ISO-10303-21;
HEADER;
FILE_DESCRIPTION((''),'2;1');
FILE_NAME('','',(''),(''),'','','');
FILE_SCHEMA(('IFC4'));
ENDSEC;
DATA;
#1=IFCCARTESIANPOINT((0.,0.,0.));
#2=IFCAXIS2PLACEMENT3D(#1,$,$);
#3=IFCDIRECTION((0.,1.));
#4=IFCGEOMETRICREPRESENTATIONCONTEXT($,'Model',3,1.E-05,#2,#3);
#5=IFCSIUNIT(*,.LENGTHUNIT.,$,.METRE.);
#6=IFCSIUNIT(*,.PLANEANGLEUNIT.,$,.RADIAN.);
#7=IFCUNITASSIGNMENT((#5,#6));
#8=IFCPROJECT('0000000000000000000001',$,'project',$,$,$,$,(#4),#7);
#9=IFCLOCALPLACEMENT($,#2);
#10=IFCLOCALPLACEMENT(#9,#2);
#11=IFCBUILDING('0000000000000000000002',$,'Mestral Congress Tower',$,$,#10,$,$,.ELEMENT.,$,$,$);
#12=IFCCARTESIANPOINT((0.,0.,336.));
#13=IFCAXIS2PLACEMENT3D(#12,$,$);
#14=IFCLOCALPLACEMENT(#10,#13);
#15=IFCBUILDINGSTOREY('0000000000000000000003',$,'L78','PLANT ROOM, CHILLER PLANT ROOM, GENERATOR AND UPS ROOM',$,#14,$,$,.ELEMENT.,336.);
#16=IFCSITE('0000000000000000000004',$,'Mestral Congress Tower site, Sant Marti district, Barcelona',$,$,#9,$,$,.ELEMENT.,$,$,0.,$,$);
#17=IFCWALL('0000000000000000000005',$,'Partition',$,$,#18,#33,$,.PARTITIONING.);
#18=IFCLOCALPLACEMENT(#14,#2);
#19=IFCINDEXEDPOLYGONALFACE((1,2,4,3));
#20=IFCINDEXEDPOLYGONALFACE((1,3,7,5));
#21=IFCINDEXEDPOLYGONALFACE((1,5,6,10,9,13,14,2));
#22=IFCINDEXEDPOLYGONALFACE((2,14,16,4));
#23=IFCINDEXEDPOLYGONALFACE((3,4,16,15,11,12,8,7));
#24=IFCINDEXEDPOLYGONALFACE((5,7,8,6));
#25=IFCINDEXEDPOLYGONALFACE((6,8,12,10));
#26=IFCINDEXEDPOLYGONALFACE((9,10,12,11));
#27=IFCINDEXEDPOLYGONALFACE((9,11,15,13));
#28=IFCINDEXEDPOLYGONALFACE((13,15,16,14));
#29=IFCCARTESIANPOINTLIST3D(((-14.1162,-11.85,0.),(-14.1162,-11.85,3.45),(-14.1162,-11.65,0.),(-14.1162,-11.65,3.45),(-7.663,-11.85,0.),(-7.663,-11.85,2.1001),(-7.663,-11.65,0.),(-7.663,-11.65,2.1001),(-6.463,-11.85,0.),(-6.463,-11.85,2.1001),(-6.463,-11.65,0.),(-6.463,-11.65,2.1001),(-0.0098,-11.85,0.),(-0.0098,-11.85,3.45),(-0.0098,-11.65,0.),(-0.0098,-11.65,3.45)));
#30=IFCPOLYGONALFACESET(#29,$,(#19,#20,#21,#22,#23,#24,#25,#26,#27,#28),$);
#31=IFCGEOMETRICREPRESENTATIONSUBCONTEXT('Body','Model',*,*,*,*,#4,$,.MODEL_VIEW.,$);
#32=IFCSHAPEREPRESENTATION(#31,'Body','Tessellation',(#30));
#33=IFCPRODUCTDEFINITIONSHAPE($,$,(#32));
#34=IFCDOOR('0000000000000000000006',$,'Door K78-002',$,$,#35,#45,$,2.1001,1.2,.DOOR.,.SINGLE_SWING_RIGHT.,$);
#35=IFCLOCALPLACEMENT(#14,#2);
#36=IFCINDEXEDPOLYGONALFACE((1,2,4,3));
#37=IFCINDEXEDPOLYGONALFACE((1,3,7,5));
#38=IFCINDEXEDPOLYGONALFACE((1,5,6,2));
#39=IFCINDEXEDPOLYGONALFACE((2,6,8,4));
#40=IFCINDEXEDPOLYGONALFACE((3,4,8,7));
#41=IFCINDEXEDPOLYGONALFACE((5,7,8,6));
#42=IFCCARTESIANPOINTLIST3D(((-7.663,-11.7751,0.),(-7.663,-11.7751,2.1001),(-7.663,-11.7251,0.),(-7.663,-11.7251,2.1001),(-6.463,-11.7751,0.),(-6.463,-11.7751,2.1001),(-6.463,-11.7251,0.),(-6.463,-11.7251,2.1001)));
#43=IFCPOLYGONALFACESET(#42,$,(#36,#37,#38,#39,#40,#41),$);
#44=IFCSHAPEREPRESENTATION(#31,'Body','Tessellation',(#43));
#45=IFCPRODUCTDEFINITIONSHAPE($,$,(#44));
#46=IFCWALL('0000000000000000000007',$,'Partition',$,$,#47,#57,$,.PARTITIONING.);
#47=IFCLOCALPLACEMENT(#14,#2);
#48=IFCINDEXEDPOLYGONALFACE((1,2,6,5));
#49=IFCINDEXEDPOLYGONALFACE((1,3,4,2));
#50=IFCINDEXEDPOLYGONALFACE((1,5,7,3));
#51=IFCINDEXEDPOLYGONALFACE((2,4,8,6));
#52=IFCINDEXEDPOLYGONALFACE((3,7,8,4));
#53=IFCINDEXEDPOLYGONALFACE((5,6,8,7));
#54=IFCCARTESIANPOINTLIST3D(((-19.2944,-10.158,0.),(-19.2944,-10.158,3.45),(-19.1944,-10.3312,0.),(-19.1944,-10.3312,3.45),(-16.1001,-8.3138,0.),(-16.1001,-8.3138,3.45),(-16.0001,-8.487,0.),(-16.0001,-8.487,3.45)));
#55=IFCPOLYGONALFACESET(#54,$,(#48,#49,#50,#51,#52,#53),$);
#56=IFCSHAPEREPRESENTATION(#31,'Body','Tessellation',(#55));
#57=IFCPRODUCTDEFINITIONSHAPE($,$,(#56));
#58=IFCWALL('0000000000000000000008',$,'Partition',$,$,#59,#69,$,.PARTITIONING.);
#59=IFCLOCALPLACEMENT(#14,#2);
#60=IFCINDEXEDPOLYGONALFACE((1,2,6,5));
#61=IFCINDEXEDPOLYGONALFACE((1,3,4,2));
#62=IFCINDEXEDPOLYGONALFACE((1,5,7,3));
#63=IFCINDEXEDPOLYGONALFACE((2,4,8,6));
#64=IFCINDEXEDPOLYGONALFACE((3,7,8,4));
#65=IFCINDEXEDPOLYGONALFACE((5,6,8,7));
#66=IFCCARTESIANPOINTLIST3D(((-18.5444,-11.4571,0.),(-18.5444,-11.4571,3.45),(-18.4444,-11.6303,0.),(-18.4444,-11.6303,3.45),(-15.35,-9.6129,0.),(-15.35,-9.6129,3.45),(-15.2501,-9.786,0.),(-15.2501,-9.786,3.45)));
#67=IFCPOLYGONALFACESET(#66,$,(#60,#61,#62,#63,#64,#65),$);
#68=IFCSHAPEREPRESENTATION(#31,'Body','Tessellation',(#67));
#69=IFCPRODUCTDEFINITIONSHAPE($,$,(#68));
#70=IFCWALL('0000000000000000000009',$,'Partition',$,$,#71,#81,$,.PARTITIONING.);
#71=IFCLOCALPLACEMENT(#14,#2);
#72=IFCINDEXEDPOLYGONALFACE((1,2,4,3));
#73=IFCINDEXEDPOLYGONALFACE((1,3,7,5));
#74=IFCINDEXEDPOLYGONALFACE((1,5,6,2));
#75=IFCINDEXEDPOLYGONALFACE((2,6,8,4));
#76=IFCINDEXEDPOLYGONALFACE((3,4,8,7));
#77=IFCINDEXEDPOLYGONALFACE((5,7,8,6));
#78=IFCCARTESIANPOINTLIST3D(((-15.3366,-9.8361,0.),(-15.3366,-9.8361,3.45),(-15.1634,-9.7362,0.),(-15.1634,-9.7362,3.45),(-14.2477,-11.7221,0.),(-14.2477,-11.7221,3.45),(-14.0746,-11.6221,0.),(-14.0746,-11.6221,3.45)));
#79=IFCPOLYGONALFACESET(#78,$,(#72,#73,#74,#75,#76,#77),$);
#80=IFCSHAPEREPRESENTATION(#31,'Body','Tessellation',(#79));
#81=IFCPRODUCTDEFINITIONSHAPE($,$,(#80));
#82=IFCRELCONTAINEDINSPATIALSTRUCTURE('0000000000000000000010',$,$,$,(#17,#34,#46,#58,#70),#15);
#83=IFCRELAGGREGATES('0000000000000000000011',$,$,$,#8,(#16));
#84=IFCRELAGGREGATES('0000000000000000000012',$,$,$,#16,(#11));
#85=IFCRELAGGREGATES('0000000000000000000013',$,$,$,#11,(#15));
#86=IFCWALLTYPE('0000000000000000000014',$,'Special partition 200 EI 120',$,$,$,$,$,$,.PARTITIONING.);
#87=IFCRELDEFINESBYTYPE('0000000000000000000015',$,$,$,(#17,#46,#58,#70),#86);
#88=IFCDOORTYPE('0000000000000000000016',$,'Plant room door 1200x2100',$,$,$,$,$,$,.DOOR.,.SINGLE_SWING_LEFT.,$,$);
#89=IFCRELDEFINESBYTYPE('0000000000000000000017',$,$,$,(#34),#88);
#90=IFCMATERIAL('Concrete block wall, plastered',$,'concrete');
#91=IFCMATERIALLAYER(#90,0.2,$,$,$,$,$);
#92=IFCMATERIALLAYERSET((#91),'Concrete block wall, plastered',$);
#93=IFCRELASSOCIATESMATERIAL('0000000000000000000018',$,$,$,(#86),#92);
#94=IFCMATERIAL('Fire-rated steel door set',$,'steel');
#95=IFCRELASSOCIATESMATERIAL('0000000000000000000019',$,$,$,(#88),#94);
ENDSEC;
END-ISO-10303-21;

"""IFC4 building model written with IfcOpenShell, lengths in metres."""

from ifc_helpers import new_model, si_unit, direction, frame, frame_2d, origin, place, context, subcontext, project, spatial, rectangle, extrude, material, layer, layer_set, type_object, element, fill, save


model = new_model("IFC4")

# Units and contexts
model_context = context("Model", 3, precision=1e-05, world=origin(), true_north=direction((0.0, 1.0)))
body_context = subcontext(model_context, "Body", "Model", "MODEL_VIEW")
ifc_project = project(units=[si_unit("LENGTHUNIT", "METRE"), si_unit("PLANEANGLEUNIT", "RADIAN")], contexts=[model_context])

# Site, building, storey
site_placement = place(None, origin())
site = spatial("IfcSite", under=ifc_project, at=site_placement, Name="Mestral Congress Tower site, Sant Marti district, Barcelona", CompositionType="ELEMENT", RefElevation=0.0)
building_placement = place(site_placement, origin())
building = spatial("IfcBuilding", under=site, at=building_placement, Name="Mestral Congress Tower", CompositionType="ELEMENT")
storey_placement = place(building_placement, frame((0.0, 0.0, 336.0)))
storey = spatial("IfcBuildingStorey", under=building, at=storey_placement, Name="L78", Description="PLANT ROOM, CHILLER PLANT ROOM, GENERATOR AND UPS ROOM", CompositionType="ELEMENT", Elevation=336.0)

# Wall, opening, door
ifc_material_1 = material(Name="Concrete block wall, plastered", Category="concrete")
ifc_layer_1 = layer(ifc_material_1, 0.2)
ifc_layer_set_1 = layer_set([ifc_layer_1], Name="Concrete block wall, plastered")
wall_type_1 = type_object("IfcWallType", Name="Special partition 200 EI 120", PredefinedType="PARTITIONING", material=ifc_layer_set_1)
wall_1_placement = place(storey_placement, frame((-14.1162, -11.75, 0.0), z_axis=(0.0, 0.0, 1.0), x_axis=(1.0, 0.0, 0.0)))
wall_1 = element("IfcWall", 1, at=wall_1_placement, inside=storey, type_object=wall_type_1, Name="Partition", PredefinedType="PARTITIONING", context=body_context, shape_type="SweptSolid", body=[
    extrude(rectangle(XDim=14.1064, YDim=0.2, at=frame_2d((7.0532, 0.0))), origin(), (0.0, 0.0, 1.0), 3.45),
])
opening_placement = place(wall_1_placement, frame((6.4531, 0.0, 0.0)))
opening = element("IfcOpeningElement", 2, at=opening_placement, cuts=wall_1, PredefinedType="OPENING", context=body_context, shape_type="SweptSolid", body=[
    extrude(rectangle(XDim=1.2, YDim=2.1001, at=frame_2d((0.6001, 1.05))), frame((0.0, 0.1099, 0.0), z_axis=(0.0, -1.0, 0.0), x_axis=(1.0, 0.0, 0.0)), (0.0, 0.0, 1.0), 0.22),
])
ifc_material_2 = material(Name="Fire-rated steel door set", Category="steel")
door_type = type_object("IfcDoorType", Name="Plant room door 1200x2100", OperationType="SINGLE_SWING_LEFT", PredefinedType="DOOR", material=ifc_material_2)
door_placement = place(opening_placement, origin())
door = element("IfcDoor", 3, at=door_placement, inside=storey, type_object=door_type, Name="Door K78-002", OperationType="SINGLE_SWING_RIGHT", OverallHeight=2.1001, OverallWidth=1.2, PredefinedType="DOOR", context=body_context, shape_type="SweptSolid", body=[
    extrude(rectangle(XDim=1.2, YDim=2.1001, at=frame_2d((0.6001, 1.05))), frame((0.0, 0.0249, 0.0), z_axis=(0.0, -1.0, 0.0), x_axis=(1.0, 0.0, 0.0)), (0.0, 0.0, 1.0), 0.05),
])
fill(opening, door)

# Walls
for number, where, z_axis, x_axis, name in (
    (4, (-19.2444, -10.2446, 0.0), (0.0, 0.0, 1.0), (0.866027, 0.499997, 0.0), "Partition"),
    (5, (-15.3, -9.6995, 0.0), (0.0, 0.0, 1.0), (-0.866027, -0.499997, 0.0), "Partition"),
):
    element("IfcWall", number, at=place(storey_placement, frame(where, z_axis=z_axis, x_axis=x_axis)), inside=storey, type_object=wall_type_1, Name=name, PredefinedType="PARTITIONING", context=body_context, shape_type="SweptSolid", body=[
        extrude(rectangle(XDim=3.6885, YDim=0.2, at=frame_2d((1.8442, 0.0))), origin(), (0.0, 0.0, 1.0), 3.45),
    ])
wall_2_placement = place(storey_placement, frame((-14.1611, -11.6721, 0.0), z_axis=(0.0, 0.0, 1.0), x_axis=(-0.499997, 0.866027, 0.0)))
element("IfcWall", 6, at=wall_2_placement, inside=storey, type_object=wall_type_1, Name="Partition", PredefinedType="PARTITIONING", context=body_context, shape_type="SweptSolid", body=[
    extrude(rectangle(XDim=2.1777, YDim=0.2, at=frame_2d((1.0889, 0.0))), origin(), (0.0, 0.0, 1.0), 3.45),
])

save(model, "model.ifc")
